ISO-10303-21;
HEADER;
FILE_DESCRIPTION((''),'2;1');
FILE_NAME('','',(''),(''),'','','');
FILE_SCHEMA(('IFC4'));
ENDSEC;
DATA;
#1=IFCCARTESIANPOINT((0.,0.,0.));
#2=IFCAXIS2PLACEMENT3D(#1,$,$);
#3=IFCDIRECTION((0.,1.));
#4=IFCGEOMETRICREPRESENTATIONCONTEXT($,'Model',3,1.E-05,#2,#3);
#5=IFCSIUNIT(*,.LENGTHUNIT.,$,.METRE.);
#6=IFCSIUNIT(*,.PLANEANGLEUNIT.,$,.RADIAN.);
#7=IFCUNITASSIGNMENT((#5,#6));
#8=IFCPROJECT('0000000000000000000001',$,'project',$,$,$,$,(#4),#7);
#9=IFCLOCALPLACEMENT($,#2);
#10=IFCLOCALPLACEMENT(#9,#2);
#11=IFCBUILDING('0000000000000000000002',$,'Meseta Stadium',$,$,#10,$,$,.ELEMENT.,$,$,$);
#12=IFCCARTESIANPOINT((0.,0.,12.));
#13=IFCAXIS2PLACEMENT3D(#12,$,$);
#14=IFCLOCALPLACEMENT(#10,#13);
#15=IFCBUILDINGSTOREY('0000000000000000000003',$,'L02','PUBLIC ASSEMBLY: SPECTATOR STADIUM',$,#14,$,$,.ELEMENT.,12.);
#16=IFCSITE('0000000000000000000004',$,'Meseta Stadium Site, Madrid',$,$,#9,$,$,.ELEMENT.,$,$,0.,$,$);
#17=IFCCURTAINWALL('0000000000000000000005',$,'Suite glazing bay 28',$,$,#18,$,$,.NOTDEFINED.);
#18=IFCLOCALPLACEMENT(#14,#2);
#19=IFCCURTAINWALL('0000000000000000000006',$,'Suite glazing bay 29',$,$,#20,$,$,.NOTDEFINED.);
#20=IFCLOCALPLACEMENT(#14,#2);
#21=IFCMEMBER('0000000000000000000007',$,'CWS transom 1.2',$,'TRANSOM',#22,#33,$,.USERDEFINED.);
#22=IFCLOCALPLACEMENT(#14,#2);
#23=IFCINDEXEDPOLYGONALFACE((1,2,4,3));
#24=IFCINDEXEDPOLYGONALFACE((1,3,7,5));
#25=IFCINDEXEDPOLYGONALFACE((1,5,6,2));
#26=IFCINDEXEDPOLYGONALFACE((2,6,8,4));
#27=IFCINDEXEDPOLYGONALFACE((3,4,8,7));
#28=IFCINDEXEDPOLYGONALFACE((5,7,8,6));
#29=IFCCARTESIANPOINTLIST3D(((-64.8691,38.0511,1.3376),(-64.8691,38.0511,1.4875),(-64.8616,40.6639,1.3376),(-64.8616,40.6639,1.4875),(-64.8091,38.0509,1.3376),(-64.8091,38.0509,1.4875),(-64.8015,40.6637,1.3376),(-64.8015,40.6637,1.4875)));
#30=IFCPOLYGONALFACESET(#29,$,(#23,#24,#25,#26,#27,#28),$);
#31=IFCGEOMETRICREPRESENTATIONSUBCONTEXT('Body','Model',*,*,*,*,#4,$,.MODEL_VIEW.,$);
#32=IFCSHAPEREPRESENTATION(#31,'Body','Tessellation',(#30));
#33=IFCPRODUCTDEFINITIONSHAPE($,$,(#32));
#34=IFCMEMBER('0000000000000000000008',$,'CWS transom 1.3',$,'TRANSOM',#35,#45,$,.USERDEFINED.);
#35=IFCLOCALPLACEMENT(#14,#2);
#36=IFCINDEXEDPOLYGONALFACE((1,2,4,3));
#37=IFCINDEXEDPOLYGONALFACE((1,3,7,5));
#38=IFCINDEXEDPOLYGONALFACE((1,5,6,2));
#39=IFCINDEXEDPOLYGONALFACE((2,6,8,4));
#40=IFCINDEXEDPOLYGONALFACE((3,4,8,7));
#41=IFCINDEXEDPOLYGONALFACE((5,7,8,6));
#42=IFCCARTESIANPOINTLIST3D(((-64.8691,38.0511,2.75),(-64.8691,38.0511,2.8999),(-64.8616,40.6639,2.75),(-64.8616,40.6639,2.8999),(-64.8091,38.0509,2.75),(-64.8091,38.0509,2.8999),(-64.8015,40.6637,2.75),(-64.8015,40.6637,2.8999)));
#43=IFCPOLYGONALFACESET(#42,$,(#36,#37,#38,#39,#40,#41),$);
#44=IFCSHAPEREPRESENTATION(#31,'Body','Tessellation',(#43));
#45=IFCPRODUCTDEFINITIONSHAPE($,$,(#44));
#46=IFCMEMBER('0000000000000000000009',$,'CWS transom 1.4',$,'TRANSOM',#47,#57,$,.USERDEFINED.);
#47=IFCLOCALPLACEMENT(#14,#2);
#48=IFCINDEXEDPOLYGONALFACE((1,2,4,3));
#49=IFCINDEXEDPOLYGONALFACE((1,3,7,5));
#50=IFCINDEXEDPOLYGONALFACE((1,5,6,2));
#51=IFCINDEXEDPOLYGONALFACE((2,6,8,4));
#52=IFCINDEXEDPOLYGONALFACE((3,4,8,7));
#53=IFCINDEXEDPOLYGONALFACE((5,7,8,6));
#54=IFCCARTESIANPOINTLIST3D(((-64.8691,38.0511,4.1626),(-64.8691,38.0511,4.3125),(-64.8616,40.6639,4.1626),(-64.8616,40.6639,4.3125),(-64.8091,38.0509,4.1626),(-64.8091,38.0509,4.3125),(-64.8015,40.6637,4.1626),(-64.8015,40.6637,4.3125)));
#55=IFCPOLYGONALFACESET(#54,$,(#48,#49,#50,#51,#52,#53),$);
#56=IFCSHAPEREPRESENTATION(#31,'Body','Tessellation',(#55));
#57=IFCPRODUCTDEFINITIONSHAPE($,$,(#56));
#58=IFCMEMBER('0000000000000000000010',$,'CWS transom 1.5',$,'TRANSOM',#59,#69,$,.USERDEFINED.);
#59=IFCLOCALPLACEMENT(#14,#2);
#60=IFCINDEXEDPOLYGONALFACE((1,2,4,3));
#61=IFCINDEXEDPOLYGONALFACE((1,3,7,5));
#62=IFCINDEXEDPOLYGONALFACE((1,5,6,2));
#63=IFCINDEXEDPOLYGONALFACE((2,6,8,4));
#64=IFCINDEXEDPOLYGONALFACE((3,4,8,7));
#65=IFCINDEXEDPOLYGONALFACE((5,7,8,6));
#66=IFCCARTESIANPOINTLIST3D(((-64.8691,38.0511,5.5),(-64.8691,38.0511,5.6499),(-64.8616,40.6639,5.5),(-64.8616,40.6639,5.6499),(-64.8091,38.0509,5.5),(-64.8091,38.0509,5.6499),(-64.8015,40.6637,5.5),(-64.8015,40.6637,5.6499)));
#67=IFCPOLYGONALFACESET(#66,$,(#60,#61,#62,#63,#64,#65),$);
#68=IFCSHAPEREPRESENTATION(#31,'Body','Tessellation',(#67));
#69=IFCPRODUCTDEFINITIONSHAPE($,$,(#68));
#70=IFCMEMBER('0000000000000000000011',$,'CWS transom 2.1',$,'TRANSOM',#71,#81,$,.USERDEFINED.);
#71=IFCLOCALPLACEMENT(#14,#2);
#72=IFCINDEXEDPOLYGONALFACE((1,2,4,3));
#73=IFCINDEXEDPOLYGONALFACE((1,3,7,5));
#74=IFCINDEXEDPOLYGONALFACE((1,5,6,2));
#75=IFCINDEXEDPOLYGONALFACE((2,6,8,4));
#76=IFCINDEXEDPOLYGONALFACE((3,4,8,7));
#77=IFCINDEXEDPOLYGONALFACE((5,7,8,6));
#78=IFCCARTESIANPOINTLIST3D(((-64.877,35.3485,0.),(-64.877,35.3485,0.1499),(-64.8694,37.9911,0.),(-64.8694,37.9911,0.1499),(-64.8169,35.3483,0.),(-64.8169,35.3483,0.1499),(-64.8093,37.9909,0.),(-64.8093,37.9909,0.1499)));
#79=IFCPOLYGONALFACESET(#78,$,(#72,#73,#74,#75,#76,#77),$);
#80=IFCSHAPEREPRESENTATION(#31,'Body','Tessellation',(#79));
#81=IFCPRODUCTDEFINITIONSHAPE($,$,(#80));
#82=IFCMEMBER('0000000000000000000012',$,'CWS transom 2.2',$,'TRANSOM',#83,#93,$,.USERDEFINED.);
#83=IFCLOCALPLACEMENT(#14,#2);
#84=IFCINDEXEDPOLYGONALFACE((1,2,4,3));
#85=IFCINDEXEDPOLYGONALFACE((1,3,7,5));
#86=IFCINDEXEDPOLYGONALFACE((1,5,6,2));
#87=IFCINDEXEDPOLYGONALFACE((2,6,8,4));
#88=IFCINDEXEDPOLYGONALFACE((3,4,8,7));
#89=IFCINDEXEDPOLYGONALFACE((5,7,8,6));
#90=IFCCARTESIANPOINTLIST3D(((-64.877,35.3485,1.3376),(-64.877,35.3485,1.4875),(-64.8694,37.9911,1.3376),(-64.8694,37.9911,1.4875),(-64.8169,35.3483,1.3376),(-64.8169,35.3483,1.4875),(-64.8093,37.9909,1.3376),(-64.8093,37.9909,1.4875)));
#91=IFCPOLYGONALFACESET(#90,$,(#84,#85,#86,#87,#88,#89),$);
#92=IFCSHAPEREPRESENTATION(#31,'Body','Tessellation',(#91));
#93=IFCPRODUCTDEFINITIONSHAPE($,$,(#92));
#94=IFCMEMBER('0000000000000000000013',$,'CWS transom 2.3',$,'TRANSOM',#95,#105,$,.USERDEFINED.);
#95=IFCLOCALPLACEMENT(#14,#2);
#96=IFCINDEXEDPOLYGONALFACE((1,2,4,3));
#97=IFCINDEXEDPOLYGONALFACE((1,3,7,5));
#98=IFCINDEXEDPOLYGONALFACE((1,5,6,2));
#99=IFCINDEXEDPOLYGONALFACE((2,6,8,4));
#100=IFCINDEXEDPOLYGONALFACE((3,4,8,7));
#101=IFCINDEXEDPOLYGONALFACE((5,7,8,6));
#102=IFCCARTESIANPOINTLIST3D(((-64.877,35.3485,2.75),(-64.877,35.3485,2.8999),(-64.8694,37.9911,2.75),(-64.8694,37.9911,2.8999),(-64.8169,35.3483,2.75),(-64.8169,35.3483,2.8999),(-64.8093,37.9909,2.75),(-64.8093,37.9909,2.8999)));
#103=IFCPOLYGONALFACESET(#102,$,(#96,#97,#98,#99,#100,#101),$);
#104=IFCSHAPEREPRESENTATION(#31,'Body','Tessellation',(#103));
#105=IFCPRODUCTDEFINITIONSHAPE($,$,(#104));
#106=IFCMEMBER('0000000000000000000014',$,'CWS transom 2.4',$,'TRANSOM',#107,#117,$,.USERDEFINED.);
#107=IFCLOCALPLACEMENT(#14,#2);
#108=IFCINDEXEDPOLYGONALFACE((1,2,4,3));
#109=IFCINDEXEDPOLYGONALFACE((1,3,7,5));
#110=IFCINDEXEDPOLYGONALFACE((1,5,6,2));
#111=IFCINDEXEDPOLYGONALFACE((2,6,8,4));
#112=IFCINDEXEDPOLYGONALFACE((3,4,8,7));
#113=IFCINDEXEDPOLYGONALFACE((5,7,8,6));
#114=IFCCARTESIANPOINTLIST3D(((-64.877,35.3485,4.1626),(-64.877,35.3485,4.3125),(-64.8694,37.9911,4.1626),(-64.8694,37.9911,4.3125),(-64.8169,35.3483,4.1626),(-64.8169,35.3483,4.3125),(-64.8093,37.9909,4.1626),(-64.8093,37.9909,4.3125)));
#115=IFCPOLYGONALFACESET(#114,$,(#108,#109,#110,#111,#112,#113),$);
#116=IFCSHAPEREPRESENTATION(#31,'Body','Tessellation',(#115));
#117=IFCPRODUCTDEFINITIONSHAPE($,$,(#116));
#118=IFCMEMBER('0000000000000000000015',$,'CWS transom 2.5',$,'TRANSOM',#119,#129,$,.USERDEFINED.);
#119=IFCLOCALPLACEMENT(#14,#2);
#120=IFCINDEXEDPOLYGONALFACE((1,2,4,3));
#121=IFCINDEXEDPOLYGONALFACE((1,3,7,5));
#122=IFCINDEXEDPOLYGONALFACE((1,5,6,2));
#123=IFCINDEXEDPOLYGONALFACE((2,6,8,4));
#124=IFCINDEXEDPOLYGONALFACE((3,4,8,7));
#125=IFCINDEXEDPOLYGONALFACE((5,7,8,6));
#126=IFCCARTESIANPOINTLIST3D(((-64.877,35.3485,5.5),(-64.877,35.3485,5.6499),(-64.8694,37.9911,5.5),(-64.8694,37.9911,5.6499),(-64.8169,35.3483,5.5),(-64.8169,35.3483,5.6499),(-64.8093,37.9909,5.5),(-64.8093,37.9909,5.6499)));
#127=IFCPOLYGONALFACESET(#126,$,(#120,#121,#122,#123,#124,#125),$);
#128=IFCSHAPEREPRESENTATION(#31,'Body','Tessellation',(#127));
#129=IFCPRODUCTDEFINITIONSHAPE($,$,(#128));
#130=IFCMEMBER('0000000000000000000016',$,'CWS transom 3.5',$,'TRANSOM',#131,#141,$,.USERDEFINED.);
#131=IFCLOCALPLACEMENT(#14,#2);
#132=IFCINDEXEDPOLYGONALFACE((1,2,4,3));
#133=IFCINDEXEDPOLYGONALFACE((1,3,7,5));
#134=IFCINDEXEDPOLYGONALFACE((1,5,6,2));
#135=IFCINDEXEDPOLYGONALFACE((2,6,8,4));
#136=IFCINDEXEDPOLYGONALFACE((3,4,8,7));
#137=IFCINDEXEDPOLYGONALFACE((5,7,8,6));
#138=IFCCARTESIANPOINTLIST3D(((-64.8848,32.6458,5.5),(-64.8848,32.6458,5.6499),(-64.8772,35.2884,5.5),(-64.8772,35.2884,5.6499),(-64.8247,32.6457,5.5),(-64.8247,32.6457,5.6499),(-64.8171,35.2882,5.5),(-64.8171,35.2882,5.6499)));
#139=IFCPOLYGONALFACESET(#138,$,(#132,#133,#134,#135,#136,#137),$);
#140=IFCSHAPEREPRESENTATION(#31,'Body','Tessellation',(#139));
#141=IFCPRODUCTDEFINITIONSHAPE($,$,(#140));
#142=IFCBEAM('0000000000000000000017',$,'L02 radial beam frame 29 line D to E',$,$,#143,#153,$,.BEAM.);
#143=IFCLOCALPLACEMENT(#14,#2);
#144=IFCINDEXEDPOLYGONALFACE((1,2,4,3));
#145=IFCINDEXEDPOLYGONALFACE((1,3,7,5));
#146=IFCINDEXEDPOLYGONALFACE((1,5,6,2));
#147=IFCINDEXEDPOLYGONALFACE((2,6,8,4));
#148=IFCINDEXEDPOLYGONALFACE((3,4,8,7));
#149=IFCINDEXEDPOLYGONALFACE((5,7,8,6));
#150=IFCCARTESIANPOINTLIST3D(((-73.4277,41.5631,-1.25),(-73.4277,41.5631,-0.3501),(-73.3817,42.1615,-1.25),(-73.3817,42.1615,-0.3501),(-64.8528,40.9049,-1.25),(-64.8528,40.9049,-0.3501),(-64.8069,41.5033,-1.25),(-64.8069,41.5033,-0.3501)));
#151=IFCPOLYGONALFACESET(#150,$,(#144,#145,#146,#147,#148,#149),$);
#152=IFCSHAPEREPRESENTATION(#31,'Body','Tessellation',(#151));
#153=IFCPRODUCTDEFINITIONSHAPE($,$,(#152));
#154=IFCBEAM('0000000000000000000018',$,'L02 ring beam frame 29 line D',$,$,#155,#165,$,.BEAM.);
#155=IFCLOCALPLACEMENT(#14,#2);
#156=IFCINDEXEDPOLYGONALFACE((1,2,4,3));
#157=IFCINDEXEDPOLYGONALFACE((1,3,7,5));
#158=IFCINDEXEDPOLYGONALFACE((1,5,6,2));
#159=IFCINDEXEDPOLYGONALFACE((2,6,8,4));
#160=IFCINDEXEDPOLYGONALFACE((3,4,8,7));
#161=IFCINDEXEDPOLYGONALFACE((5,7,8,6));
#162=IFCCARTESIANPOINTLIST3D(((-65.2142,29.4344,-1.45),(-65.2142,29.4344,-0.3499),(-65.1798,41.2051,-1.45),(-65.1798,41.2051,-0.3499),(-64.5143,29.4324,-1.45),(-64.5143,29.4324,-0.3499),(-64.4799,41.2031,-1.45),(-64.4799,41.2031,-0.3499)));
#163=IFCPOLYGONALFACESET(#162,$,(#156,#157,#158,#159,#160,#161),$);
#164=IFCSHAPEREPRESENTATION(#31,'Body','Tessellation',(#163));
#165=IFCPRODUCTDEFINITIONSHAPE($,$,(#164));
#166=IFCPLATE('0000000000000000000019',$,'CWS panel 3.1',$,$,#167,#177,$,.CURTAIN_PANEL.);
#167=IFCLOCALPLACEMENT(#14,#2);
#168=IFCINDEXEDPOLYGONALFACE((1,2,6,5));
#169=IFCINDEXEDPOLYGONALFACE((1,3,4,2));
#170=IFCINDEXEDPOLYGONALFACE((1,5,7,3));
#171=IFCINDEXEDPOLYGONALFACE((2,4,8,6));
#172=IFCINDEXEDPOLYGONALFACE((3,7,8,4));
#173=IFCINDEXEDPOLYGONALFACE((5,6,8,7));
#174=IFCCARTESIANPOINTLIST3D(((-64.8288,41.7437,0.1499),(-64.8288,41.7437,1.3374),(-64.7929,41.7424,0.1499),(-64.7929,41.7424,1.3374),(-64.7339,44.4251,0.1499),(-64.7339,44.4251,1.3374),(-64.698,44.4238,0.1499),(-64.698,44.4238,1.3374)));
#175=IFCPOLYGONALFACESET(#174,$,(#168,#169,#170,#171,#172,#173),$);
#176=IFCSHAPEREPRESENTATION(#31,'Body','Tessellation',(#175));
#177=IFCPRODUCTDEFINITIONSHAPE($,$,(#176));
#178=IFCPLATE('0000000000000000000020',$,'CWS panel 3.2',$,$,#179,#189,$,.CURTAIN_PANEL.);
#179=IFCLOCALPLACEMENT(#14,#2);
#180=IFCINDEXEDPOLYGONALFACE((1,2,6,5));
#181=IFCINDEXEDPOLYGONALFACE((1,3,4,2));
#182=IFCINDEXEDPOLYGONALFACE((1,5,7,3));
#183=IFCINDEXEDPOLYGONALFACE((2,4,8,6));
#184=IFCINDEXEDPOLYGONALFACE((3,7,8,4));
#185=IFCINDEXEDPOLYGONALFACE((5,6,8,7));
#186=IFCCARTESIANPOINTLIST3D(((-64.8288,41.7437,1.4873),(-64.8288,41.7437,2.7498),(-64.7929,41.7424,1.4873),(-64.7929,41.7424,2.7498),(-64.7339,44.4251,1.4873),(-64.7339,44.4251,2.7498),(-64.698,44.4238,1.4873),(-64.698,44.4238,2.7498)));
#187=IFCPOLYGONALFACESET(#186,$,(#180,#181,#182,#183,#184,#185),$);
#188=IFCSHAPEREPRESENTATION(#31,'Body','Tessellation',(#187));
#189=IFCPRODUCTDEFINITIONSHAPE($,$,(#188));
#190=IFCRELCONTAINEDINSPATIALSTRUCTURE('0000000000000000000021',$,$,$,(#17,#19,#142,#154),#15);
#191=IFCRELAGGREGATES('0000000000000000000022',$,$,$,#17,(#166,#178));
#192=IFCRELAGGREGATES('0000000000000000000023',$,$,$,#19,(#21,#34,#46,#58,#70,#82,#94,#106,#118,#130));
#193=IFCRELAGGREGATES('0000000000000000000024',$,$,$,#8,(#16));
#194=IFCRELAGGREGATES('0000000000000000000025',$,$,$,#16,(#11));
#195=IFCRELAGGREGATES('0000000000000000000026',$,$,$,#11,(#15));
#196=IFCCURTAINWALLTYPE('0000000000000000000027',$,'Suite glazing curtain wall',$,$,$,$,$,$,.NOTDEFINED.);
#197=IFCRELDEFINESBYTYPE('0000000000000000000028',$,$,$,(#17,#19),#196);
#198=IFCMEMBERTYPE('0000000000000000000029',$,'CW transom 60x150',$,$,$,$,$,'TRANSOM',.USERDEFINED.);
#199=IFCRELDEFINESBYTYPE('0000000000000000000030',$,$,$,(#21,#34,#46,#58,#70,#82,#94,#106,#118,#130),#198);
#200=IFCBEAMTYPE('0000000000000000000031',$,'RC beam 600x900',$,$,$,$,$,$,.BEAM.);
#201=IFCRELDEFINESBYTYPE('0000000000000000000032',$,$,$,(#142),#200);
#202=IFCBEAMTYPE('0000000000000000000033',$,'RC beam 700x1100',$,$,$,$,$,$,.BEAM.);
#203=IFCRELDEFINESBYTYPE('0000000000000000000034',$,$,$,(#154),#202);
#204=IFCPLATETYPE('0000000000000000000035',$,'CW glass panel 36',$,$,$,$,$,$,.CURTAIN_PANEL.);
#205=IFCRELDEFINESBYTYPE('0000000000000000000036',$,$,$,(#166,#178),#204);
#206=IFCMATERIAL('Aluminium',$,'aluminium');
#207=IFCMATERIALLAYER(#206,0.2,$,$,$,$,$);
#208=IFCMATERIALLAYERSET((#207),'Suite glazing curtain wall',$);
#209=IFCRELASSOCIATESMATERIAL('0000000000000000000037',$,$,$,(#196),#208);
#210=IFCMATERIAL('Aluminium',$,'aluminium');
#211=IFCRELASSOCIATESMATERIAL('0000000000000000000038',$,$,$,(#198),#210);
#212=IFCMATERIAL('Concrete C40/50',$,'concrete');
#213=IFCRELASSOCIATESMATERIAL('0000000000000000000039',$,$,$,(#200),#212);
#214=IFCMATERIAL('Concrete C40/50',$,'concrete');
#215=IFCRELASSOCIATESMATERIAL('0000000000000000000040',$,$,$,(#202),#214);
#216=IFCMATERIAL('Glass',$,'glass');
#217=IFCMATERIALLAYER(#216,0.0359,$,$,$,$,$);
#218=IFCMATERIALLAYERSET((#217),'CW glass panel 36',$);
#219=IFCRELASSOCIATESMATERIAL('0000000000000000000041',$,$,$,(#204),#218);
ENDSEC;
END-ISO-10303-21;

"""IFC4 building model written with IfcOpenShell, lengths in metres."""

from ifc_helpers import new_model, si_unit, direction, frame, origin, origin_2d, place, context, subcontext, project, spatial, rectangle, extrude, material, layer, layer_set, material_profile, profile_set, type_object, element, aggregate, save


model = new_model("IFC4")

# Units and contexts
model_context = context("Model", 3, precision=1e-05, world=origin(), true_north=direction((0.0, 1.0)))
body_context = subcontext(model_context, "Body", "Model", "MODEL_VIEW")
ifc_project = project(units=[si_unit("LENGTHUNIT", "METRE"), si_unit("PLANEANGLEUNIT", "RADIAN")], contexts=[model_context])

# Site, building, storey
site_placement = place(None, origin())
site = spatial("IfcSite", under=ifc_project, at=site_placement, Name="Meseta Stadium Site, Madrid", CompositionType="ELEMENT", RefElevation=0.0)
building_placement = place(site_placement, origin())
building = spatial("IfcBuilding", under=site, at=building_placement, Name="Meseta Stadium", CompositionType="ELEMENT")
storey_placement = place(building_placement, frame((0.0, 0.0, 12.0)))
storey = spatial("IfcBuildingStorey", under=building, at=storey_placement, Name="L02", Description="PUBLIC ASSEMBLY: SPECTATOR STADIUM", CompositionType="ELEMENT", Elevation=12.0)

# Curtain wall
ifc_material_1 = material(Name="Aluminium", Category="aluminium")
ifc_layer_1 = layer(ifc_material_1, 0.2)
ifc_layer_set_1 = layer_set([ifc_layer_1], Name="Suite glazing curtain wall")
curtain_wall_type = type_object("IfcCurtainWallType", Name="Suite glazing curtain wall", PredefinedType="NOTDEFINED", material=ifc_layer_set_1)
curtain_wall_1_placement = place(storey_placement, origin())
curtain_wall_1 = element("IfcCurtainWall", 1, at=curtain_wall_1_placement, inside=storey, type_object=curtain_wall_type, Name="Suite glazing bay 28", PredefinedType="NOTDEFINED")

# Curtain wall
curtain_wall_2_placement = place(storey_placement, origin())
curtain_wall_2 = element("IfcCurtainWall", 2, at=curtain_wall_2_placement, inside=storey, type_object=curtain_wall_type, Name="Suite glazing bay 29", PredefinedType="NOTDEFINED")

# Members
ifc_material_2 = material(Name="Aluminium", Category="aluminium")
ifc_material_profile_1 = material_profile(ifc_material_2, rectangle(XDim=0.0601, YDim=0.1499, at=origin_2d()), Name="CW 60x150")
ifc_profile_set_1 = profile_set([ifc_material_profile_1], Name="Aluminium")
member_type_1 = type_object("IfcMemberType", Name="CW transom 60x150", ElementType="TRANSOM", PredefinedType="USERDEFINED", material=ifc_profile_set_1)
member_1_placement = place(storey_placement, frame((-64.8315, 40.6638, 1.4126), z_axis=(-0.002897, -0.999996, 0.0), x_axis=(0.999996, -0.002897, 0.0)))
member_1 = element("IfcMember", 3, at=member_1_placement, type_object=member_type_1, Name="CWS transom 1.2", ObjectType="TRANSOM", PredefinedType="USERDEFINED", context=body_context, shape_type="SweptSolid", body=[
    extrude(rectangle(XDim=0.0601, YDim=0.1499, at=origin_2d()), origin(), (0.0, 0.0, 1.0), 2.6128),
])
member_2_placement = place(storey_placement, frame((-64.8315, 40.6638, 2.825), z_axis=(-0.002897, -0.999996, 0.0), x_axis=(0.999996, -0.002897, 0.0)))
member_2 = element("IfcMember", 4, at=member_2_placement, type_object=member_type_1, Name="CWS transom 1.3", ObjectType="TRANSOM", PredefinedType="USERDEFINED", context=body_context, shape_type="SweptSolid", body=[
    extrude(rectangle(XDim=0.0601, YDim=0.1499, at=origin_2d()), origin(), (0.0, 0.0, 1.0), 2.6128),
])
member_3_placement = place(storey_placement, frame((-64.8315, 40.6638, 4.2375), z_axis=(-0.002897, -0.999996, 0.0), x_axis=(0.999996, -0.002897, 0.0)))
member_3 = element("IfcMember", 5, at=member_3_placement, type_object=member_type_1, Name="CWS transom 1.4", ObjectType="TRANSOM", PredefinedType="USERDEFINED", context=body_context, shape_type="SweptSolid", body=[
    extrude(rectangle(XDim=0.0601, YDim=0.1499, at=origin_2d()), origin(), (0.0, 0.0, 1.0), 2.6128),
])
member_4_placement = place(storey_placement, frame((-64.8315, 40.6638, 5.575), z_axis=(-0.002897, -0.999996, 0.0), x_axis=(0.999996, -0.002897, 0.0)))
member_4 = element("IfcMember", 6, at=member_4_placement, type_object=member_type_1, Name="CWS transom 1.5", ObjectType="TRANSOM", PredefinedType="USERDEFINED", context=body_context, shape_type="SweptSolid", body=[
    extrude(rectangle(XDim=0.0601, YDim=0.1499, at=origin_2d()), origin(), (0.0, 0.0, 1.0), 2.6128),
])
member_5_placement = place(storey_placement, frame((-64.8394, 37.991, 0.075), z_axis=(-0.002864, -0.999996, 0.0), x_axis=(0.999996, -0.002864, 0.0)))
member_5 = element("IfcMember", 7, at=member_5_placement, type_object=member_type_1, Name="CWS transom 2.1", ObjectType="TRANSOM", PredefinedType="USERDEFINED", context=body_context, shape_type="SweptSolid", body=[
    extrude(rectangle(XDim=0.0601, YDim=0.1499, at=origin_2d()), origin(), (0.0, 0.0, 1.0), 2.6426),
])
member_6_placement = place(storey_placement, frame((-64.8394, 37.991, 1.4126), z_axis=(-0.002864, -0.999996, 0.0), x_axis=(0.999996, -0.002864, 0.0)))
member_6 = element("IfcMember", 8, at=member_6_placement, type_object=member_type_1, Name="CWS transom 2.2", ObjectType="TRANSOM", PredefinedType="USERDEFINED", context=body_context, shape_type="SweptSolid", body=[
    extrude(rectangle(XDim=0.0601, YDim=0.1499, at=origin_2d()), origin(), (0.0, 0.0, 1.0), 2.6426),
])
member_7_placement = place(storey_placement, frame((-64.8394, 37.991, 2.825), z_axis=(-0.002864, -0.999996, 0.0), x_axis=(0.999996, -0.002864, 0.0)))
member_7 = element("IfcMember", 9, at=member_7_placement, type_object=member_type_1, Name="CWS transom 2.3", ObjectType="TRANSOM", PredefinedType="USERDEFINED", context=body_context, shape_type="SweptSolid", body=[
    extrude(rectangle(XDim=0.0601, YDim=0.1499, at=origin_2d()), origin(), (0.0, 0.0, 1.0), 2.6426),
])
member_8_placement = place(storey_placement, frame((-64.8394, 37.991, 4.2375), z_axis=(-0.002864, -0.999996, 0.0), x_axis=(0.999996, -0.002864, 0.0)))
member_8 = element("IfcMember", 10, at=member_8_placement, type_object=member_type_1, Name="CWS transom 2.4", ObjectType="TRANSOM", PredefinedType="USERDEFINED", context=body_context, shape_type="SweptSolid", body=[
    extrude(rectangle(XDim=0.0601, YDim=0.1499, at=origin_2d()), origin(), (0.0, 0.0, 1.0), 2.6426),
])
member_9_placement = place(storey_placement, frame((-64.8394, 37.991, 5.575), z_axis=(-0.002864, -0.999996, 0.0), x_axis=(0.999996, -0.002864, 0.0)))
member_9 = element("IfcMember", 11, at=member_9_placement, type_object=member_type_1, Name="CWS transom 2.5", ObjectType="TRANSOM", PredefinedType="USERDEFINED", context=body_context, shape_type="SweptSolid", body=[
    extrude(rectangle(XDim=0.0601, YDim=0.1499, at=origin_2d()), origin(), (0.0, 0.0, 1.0), 2.6426),
])
member_10_placement = place(storey_placement, frame((-64.8472, 35.2883, 5.575), z_axis=(-0.002864, -0.999996, 0.0), x_axis=(0.999996, -0.002864, 0.0)))
member_10 = element("IfcMember", 12, at=member_10_placement, type_object=member_type_1, Name="CWS transom 3.5", ObjectType="TRANSOM", PredefinedType="USERDEFINED", context=body_context, shape_type="SweptSolid", body=[
    extrude(rectangle(XDim=0.0601, YDim=0.1499, at=origin_2d()), origin(), (0.0, 0.0, 1.0), 2.6426),
])

# Beams
ifc_material_3 = material(Name="Concrete C40/50", Category="concrete")
ifc_material_profile_2 = material_profile(ifc_material_3, rectangle(XDim=0.6001, YDim=0.8999, at=origin_2d()), Name="RC 600x900")
ifc_profile_set_2 = profile_set([ifc_material_profile_2], Name="Concrete C40/50")
beam_type_1 = type_object("IfcBeamType", Name="RC beam 600x900", PredefinedType="BEAM", material=ifc_profile_set_2)
beam_1_placement = place(storey_placement, frame((-64.8298, 41.2041, -0.8), z_axis=(-0.997067, 0.076534, 0.0), x_axis=(-0.076534, -0.997067, 0.0)))
element("IfcBeam", 13, at=beam_1_placement, inside=storey, type_object=beam_type_1, Name="L02 radial beam frame 29 line D to E", PredefinedType="BEAM", context=body_context, shape_type="SweptSolid", body=[
    extrude(rectangle(XDim=0.6001, YDim=0.8999, at=origin_2d()), origin(), (0.0, 0.0, 1.0), 8.6001),
])
ifc_material_4 = material(Name="Concrete C40/50", Category="concrete")
ifc_material_profile_3 = material_profile(ifc_material_4, rectangle(XDim=0.7, YDim=1.1001, at=origin_2d()), Name="RC 700x1100")
ifc_profile_set_3 = profile_set([ifc_material_profile_3], Name="Concrete C40/50")
beam_type_2 = type_object("IfcBeamType", Name="RC beam 700x1100", PredefinedType="BEAM", material=ifc_profile_set_3)
beam_2_placement = place(storey_placement, frame((-64.8298, 41.2041, -0.8999), z_axis=(-0.002925, -0.999996, 0.0), x_axis=(0.999996, -0.002925, 0.0)))
element("IfcBeam", 14, at=beam_2_placement, inside=storey, type_object=beam_type_2, Name="L02 ring beam frame 29 line D", PredefinedType="BEAM", context=body_context, shape_type="SweptSolid", body=[
    extrude(rectangle(XDim=0.7, YDim=1.1001, at=origin_2d()), origin(), (0.0, 0.0, 1.0), 11.7708),
])

# Plates
ifc_material_5 = material(Name="Glass", Category="glass")
ifc_layer_2 = layer(ifc_material_5, 0.0359)
ifc_layer_set_2 = layer_set([ifc_layer_2], Name="CW glass panel 36")
plate_type = type_object("IfcPlateType", Name="CW glass panel 36", PredefinedType="CURTAIN_PANEL", material=ifc_layer_set_2)
plate_1_placement = place(storey_placement, frame((-64.7634, 43.0837, 0.1499), z_axis=(0.0, 0.0, 1.0), x_axis=(-0.035371, -0.999374, 0.0)))
plate_1 = element("IfcPlate", 15, at=plate_1_placement, type_object=plate_type, Name="CWS panel 3.1", PredefinedType="CURTAIN_PANEL", context=body_context, shape_type="SweptSolid", body=[
    extrude(rectangle(XDim=2.6831, YDim=0.0359, at=origin_2d()), origin(), (0.0, 0.0, 1.0), 1.1875),
])
plate_2_placement = place(storey_placement, frame((-64.7634, 43.0837, 1.4873), z_axis=(0.0, 0.0, 1.0), x_axis=(-0.035371, -0.999374, 0.0)))
plate_2 = element("IfcPlate", 16, at=plate_2_placement, type_object=plate_type, Name="CWS panel 3.2", PredefinedType="CURTAIN_PANEL", context=body_context, shape_type="SweptSolid", body=[
    extrude(rectangle(XDim=2.6831, YDim=0.0359, at=origin_2d()), origin(), (0.0, 0.0, 1.0), 1.2625),
])
aggregate(curtain_wall_1, [plate_1, plate_2])
aggregate(curtain_wall_2, [member_1, member_2, member_3, member_4, member_5, member_6, member_7, member_8, member_9, member_10])

save(model, "model.ifc")
